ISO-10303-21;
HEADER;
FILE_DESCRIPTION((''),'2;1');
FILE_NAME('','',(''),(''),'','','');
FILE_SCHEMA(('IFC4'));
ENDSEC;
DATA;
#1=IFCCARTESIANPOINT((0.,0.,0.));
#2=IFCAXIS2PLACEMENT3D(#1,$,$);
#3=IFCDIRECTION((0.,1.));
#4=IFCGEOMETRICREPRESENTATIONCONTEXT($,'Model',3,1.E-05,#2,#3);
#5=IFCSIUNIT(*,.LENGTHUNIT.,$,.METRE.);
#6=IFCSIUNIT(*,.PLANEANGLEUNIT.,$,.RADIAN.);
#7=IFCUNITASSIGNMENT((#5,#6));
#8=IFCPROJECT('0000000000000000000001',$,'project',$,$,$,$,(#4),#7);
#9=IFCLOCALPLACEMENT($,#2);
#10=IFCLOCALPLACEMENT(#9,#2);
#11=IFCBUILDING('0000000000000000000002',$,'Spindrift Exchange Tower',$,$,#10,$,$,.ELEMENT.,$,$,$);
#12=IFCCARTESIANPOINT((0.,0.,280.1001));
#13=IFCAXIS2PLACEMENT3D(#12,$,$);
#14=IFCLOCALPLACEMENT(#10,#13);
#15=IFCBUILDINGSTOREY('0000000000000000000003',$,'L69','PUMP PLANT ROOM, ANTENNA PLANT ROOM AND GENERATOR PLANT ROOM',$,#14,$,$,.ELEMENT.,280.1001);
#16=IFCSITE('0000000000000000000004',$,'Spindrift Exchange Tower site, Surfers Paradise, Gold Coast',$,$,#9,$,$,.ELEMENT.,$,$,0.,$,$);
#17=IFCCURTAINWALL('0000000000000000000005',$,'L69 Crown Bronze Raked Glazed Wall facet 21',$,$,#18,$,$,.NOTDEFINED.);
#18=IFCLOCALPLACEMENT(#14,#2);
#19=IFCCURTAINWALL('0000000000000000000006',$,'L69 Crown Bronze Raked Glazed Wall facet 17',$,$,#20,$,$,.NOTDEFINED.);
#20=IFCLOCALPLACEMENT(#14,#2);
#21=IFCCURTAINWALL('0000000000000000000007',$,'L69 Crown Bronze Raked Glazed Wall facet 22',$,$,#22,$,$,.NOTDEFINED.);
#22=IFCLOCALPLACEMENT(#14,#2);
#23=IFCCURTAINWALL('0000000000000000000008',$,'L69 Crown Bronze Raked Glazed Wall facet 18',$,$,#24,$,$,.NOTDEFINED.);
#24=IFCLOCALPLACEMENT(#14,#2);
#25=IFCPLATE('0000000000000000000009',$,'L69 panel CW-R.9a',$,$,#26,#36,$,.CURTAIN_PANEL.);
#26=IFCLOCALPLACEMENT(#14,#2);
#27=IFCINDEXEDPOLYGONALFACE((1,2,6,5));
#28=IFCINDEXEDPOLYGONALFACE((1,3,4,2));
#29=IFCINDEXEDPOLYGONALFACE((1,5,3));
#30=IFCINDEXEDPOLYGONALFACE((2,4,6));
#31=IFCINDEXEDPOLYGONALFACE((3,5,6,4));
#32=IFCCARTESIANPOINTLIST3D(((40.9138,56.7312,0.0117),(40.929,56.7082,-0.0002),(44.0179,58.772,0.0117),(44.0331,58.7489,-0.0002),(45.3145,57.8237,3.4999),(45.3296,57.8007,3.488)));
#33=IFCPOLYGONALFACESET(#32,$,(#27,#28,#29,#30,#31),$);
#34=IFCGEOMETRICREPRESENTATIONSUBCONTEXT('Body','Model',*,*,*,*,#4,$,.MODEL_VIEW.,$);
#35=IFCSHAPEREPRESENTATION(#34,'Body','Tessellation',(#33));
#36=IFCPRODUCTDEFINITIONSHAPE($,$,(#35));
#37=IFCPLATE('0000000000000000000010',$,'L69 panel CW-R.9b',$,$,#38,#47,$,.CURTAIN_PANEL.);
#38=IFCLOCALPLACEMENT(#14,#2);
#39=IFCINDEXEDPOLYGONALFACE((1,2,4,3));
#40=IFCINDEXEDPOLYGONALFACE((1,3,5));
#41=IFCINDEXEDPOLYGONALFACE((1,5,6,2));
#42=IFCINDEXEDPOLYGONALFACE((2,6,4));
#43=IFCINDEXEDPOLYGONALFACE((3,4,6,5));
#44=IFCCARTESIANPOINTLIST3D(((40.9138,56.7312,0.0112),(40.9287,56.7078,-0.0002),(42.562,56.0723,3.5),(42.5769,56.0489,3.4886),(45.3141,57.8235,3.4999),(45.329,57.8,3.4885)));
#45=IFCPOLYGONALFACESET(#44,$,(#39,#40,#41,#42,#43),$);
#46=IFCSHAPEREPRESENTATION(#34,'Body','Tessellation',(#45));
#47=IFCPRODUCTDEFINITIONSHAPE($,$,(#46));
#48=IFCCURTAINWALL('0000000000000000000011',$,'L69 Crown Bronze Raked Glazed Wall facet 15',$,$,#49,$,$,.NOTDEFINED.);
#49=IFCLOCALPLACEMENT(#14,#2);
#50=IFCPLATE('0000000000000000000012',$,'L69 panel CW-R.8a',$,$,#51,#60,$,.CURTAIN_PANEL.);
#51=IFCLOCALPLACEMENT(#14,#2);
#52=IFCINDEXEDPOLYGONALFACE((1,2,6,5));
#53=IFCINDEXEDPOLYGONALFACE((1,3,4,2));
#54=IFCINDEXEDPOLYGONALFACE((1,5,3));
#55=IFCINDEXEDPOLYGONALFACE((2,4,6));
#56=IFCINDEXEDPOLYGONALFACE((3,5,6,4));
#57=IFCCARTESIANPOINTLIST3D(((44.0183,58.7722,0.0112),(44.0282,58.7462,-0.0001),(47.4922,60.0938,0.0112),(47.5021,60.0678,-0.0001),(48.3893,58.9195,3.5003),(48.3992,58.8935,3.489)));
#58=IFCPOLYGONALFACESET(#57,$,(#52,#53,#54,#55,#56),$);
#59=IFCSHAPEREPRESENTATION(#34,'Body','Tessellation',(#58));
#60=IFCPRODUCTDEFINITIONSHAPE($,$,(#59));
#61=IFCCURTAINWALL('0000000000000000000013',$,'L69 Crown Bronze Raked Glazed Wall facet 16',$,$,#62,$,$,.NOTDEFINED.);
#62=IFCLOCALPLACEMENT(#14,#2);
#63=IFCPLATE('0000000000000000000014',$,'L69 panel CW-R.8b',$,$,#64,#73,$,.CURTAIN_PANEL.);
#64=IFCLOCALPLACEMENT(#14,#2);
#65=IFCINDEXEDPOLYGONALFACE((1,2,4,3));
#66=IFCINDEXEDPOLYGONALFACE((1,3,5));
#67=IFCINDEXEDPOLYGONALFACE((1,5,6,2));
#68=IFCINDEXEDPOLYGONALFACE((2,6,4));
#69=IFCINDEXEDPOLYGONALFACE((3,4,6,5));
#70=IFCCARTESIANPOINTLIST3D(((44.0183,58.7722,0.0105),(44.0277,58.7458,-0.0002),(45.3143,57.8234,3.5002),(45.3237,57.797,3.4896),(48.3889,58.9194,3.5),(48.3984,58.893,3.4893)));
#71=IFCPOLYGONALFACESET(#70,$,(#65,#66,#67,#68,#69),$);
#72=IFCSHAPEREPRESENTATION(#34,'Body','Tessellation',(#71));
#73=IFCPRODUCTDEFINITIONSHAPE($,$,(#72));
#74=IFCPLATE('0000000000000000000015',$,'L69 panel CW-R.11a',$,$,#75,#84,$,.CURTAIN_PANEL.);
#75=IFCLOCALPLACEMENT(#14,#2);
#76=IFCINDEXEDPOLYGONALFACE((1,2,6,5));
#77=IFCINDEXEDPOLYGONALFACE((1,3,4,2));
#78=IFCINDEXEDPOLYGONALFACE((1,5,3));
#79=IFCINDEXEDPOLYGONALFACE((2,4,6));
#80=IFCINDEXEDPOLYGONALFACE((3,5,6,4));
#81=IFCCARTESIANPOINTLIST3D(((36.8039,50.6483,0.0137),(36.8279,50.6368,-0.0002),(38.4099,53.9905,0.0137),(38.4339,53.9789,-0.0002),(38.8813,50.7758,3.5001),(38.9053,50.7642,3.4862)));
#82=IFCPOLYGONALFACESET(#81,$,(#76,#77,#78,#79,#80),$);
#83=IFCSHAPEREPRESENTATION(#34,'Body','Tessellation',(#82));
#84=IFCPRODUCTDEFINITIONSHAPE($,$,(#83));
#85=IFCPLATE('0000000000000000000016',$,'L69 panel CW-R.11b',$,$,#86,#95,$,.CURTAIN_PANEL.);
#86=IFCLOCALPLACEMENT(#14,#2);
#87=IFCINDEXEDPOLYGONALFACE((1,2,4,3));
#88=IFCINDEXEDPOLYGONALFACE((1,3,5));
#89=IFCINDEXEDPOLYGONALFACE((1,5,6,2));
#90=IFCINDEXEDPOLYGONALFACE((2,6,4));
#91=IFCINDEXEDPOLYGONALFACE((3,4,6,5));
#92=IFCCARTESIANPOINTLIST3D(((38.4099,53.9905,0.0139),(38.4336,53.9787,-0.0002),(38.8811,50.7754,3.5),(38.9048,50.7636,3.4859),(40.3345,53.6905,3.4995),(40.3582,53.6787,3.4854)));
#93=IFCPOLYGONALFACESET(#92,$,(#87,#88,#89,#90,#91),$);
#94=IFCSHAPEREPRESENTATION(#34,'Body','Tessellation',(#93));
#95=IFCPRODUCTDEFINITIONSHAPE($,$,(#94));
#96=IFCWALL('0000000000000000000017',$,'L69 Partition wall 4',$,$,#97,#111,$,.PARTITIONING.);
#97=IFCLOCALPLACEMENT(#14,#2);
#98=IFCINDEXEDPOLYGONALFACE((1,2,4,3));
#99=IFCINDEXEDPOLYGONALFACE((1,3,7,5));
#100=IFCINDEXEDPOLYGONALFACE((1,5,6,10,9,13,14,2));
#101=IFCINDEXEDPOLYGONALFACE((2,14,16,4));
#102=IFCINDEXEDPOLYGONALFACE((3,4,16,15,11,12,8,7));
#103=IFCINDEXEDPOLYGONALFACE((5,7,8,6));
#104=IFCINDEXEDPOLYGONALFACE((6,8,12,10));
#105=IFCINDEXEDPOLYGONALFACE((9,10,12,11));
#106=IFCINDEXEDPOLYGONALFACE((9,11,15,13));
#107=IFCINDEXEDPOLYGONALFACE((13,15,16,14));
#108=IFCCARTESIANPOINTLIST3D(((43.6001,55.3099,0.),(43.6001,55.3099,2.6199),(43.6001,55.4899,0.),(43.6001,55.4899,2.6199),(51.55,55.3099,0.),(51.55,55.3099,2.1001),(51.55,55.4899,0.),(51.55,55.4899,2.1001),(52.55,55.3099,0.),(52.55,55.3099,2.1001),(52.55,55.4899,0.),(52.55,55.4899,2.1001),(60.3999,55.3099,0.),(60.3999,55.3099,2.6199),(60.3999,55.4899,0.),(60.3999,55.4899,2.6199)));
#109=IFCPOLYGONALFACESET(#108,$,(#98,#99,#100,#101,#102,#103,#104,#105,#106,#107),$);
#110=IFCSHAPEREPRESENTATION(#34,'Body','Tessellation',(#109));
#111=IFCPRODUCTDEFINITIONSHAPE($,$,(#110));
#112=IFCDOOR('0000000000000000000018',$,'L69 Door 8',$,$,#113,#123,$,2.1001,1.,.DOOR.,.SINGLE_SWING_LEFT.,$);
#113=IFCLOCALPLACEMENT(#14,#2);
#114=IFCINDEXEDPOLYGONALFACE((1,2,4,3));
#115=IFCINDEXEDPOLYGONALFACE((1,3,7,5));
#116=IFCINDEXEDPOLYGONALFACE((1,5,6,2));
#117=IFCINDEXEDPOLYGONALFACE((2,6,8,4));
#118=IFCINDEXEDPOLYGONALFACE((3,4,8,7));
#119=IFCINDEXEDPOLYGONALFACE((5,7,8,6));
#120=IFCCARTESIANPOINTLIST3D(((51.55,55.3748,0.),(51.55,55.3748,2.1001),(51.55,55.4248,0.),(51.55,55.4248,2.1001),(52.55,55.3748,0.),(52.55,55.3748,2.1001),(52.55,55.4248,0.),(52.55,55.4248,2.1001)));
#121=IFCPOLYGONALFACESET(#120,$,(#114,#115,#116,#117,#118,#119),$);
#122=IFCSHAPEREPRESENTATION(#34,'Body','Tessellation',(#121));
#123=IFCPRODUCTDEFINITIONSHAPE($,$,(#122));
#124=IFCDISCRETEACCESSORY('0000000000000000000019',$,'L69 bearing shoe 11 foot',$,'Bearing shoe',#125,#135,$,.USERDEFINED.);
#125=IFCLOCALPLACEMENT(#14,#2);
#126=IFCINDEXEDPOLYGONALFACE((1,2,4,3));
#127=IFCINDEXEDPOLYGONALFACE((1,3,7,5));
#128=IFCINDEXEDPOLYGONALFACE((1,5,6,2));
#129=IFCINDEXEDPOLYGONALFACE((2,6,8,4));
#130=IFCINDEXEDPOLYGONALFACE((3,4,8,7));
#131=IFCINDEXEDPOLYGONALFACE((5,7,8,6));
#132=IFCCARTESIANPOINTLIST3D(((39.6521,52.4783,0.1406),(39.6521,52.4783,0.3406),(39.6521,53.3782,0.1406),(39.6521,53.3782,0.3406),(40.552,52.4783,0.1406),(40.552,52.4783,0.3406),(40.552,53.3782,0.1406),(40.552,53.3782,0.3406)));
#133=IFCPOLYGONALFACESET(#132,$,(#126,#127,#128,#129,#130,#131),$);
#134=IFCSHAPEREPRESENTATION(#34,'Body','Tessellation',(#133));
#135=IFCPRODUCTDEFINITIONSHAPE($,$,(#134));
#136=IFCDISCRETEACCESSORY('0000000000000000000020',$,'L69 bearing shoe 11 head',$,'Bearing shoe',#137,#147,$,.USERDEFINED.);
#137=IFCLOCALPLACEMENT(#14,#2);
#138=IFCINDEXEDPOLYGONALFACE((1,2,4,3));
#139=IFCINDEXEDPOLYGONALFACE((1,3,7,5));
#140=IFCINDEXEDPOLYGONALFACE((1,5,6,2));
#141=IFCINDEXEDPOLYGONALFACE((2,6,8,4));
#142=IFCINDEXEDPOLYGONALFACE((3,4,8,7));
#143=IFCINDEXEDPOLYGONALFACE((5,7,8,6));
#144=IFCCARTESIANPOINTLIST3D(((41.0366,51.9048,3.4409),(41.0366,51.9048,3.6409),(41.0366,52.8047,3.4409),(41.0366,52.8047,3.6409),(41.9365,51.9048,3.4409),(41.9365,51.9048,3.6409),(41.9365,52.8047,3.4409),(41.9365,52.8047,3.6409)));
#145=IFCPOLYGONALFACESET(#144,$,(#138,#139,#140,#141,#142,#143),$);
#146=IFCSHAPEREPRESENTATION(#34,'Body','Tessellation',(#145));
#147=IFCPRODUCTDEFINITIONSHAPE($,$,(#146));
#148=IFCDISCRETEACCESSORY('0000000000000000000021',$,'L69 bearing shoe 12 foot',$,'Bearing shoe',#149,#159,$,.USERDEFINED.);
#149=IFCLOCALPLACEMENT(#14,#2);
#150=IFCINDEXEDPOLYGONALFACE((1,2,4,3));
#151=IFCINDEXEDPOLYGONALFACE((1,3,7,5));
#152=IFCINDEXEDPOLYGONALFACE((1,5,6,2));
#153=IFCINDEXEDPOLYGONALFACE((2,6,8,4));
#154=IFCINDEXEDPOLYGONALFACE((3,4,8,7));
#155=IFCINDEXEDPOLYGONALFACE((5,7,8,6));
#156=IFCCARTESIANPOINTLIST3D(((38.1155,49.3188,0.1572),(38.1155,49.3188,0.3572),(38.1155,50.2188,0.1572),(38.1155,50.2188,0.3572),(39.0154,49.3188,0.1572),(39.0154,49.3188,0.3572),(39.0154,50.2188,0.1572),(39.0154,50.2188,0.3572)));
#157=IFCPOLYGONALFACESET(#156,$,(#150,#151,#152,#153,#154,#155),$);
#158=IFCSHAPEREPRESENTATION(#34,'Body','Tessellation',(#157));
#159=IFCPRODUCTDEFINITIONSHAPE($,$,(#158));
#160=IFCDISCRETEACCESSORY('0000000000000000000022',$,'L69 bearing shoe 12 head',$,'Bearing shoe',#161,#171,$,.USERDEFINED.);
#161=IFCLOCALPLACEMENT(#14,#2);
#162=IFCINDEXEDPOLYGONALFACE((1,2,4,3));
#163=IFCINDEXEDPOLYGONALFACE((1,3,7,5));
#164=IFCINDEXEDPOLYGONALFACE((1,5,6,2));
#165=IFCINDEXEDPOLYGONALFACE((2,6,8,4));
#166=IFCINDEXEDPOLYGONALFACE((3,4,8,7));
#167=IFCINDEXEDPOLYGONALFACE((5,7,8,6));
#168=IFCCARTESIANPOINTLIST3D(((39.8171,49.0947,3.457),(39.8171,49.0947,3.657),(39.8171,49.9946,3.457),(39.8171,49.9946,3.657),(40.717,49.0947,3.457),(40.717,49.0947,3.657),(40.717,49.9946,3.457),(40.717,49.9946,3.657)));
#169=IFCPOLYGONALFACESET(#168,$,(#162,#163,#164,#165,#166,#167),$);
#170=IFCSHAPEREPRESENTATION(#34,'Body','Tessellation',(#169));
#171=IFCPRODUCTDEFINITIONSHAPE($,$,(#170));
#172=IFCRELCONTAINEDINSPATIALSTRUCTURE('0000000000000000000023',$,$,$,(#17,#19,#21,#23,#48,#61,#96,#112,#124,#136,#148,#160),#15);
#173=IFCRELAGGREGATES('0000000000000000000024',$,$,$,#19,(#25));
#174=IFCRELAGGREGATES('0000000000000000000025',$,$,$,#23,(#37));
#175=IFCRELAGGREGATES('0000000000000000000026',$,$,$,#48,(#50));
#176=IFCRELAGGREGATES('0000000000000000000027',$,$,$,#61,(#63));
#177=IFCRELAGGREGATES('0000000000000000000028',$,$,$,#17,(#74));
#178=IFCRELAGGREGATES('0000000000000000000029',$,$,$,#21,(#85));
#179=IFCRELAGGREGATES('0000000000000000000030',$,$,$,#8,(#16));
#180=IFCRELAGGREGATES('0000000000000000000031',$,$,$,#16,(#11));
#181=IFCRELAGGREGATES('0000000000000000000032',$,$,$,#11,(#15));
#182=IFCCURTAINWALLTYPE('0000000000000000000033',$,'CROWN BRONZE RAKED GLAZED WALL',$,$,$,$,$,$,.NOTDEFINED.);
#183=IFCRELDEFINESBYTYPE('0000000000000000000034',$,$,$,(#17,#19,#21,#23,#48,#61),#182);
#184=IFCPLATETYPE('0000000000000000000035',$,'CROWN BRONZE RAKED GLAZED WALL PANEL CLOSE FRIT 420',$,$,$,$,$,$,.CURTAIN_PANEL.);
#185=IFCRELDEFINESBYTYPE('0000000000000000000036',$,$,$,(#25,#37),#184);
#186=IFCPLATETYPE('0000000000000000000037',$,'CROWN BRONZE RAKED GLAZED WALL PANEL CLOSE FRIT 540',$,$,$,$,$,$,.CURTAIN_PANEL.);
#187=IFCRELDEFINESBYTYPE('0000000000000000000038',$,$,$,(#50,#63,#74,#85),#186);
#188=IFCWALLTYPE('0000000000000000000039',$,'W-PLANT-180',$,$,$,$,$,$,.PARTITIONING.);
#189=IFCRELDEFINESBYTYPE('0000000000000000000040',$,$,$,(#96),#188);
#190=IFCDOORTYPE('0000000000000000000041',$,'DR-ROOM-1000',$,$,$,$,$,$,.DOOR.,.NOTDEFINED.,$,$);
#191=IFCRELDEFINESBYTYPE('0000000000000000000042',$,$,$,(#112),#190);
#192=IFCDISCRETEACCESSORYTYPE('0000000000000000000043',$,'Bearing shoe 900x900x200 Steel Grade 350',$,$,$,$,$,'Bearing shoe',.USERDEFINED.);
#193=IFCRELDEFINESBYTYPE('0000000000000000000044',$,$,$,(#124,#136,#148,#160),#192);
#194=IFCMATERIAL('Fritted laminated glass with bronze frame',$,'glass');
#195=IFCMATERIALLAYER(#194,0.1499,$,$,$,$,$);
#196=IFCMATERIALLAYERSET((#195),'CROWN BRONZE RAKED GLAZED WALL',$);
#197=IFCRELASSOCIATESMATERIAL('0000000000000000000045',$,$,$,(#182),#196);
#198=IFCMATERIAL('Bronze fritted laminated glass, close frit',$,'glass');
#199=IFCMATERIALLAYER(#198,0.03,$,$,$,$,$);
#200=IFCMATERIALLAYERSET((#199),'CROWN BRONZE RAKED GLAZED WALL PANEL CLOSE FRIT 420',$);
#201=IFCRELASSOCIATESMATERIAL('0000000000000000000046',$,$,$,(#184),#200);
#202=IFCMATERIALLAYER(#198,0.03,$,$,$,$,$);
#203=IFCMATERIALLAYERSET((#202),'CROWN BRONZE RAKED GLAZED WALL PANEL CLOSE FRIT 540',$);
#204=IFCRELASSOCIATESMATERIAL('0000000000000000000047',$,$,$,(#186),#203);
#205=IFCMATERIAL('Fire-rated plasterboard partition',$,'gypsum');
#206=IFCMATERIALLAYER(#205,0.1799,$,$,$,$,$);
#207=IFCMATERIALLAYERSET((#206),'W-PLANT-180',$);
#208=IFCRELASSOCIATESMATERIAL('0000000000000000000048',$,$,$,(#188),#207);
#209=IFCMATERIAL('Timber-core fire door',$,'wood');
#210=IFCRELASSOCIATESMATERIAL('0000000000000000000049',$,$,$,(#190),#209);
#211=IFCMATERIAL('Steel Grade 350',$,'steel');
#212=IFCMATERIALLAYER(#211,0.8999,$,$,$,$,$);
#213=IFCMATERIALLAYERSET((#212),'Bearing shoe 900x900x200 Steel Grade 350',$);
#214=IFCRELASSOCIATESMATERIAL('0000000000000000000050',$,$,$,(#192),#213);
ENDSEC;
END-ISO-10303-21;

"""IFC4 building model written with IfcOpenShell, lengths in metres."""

from ifc_helpers import new_model, si_unit, direction, frame, frame_2d, origin, origin_2d, place, context, subcontext, project, spatial, line, indexed_curve, rectangle, outline, extrude, source, transform, mapped, material, layer, layer_set, type_object, element, fill, aggregate, save


model = new_model("IFC4")

# Units and contexts
model_context = context("Model", 3, precision=1e-05, world=origin(), true_north=direction((0.0, 1.0)))
body_context = subcontext(model_context, "Body", "Model", "MODEL_VIEW")
ifc_project = project(units=[si_unit("LENGTHUNIT", "METRE"), si_unit("PLANEANGLEUNIT", "RADIAN")], contexts=[model_context])

# Site, building, storey
site_placement = place(None, origin())
site = spatial("IfcSite", under=ifc_project, at=site_placement, Name="Spindrift Exchange Tower site, Surfers Paradise, Gold Coast", CompositionType="ELEMENT", RefElevation=0.0)
building_placement = place(site_placement, origin())
building = spatial("IfcBuilding", under=site, at=building_placement, Name="Spindrift Exchange Tower", CompositionType="ELEMENT")
storey_placement = place(building_placement, frame((0.0, 0.0, 280.1001)))
storey = spatial("IfcBuildingStorey", under=building, at=storey_placement, Name="L69", Description="PUMP PLANT ROOM, ANTENNA PLANT ROOM AND GENERATOR PLANT ROOM", CompositionType="ELEMENT", Elevation=280.1001)

# Curtain walls
ifc_material_1 = material(Name="Fritted laminated glass with bronze frame", Category="glass")
ifc_layer_1 = layer(ifc_material_1, 0.1499)
ifc_layer_set_1 = layer_set([ifc_layer_1], Name="CROWN BRONZE RAKED GLAZED WALL")
curtain_wall_type = type_object("IfcCurtainWallType", Name="CROWN BRONZE RAKED GLAZED WALL", PredefinedType="NOTDEFINED", material=ifc_layer_set_1)
curtain_wall_1_placement = place(storey_placement, origin())
curtain_wall_1 = element("IfcCurtainWall", 1, at=curtain_wall_1_placement, inside=storey, type_object=curtain_wall_type, Name="L69 Crown Bronze Raked Glazed Wall facet 21", PredefinedType="NOTDEFINED")
curtain_wall_2_placement = place(storey_placement, origin())
curtain_wall_2 = element("IfcCurtainWall", 2, at=curtain_wall_2_placement, inside=storey, type_object=curtain_wall_type, Name="L69 Crown Bronze Raked Glazed Wall facet 17", PredefinedType="NOTDEFINED")

# Curtain wall
curtain_wall_3_placement = place(storey_placement, origin())
curtain_wall_3 = element("IfcCurtainWall", 3, at=curtain_wall_3_placement, inside=storey, type_object=curtain_wall_type, Name="L69 Crown Bronze Raked Glazed Wall facet 22", PredefinedType="NOTDEFINED")

# Curtain wall
curtain_wall_4_placement = place(storey_placement, origin())
curtain_wall_4 = element("IfcCurtainWall", 4, at=curtain_wall_4_placement, inside=storey, type_object=curtain_wall_type, Name="L69 Crown Bronze Raked Glazed Wall facet 18", PredefinedType="NOTDEFINED")

# Plates
ifc_material_2 = material(Name="Bronze fritted laminated glass, close frit", Category="glass")
ifc_layer_2 = layer(ifc_material_2, 0.03)
ifc_layer_set_2 = layer_set([ifc_layer_2], Name="CROWN BRONZE RAKED GLAZED WALL PANEL CLOSE FRIT 420")
plate_type_1 = type_object("IfcPlateType", Name="CROWN BRONZE RAKED GLAZED WALL PANEL CLOSE FRIT 420", PredefinedType="CURTAIN_PANEL", material=ifc_layer_set_2)
plate_1_placement = place(storey_placement, frame((40.9138, 56.7312, 0.0117), z_axis=(-0.504425, 0.767257, 0.39607), x_axis=(0.835592, 0.549351, 0.0)))
plate_1 = element("IfcPlate", 5, at=plate_1_placement, type_object=plate_type_1, Name="L69 panel CW-R.9a", PredefinedType="CURTAIN_PANEL", context=body_context, shape_type="SweptSolid", body=[
    extrude(outline(indexed_curve([(0.0, 0.0), (3.7148, 0.0), (4.2773, -3.7988)], segments=[line(1, 2, 3, 1)], self_intersect=False)), origin(), (0.0, 0.0, -1.0), 0.03),
])
aggregate(curtain_wall_2, [plate_1])
plate_2_placement = place(storey_placement, frame((40.9138, 56.7312, 0.0112), z_axis=(-0.496181, 0.779822, 0.381683), x_axis=(0.769186, 0.190931, 0.609835)))
plate_2 = element("IfcPlate", 6, at=plate_2_placement, type_object=plate_type_1, Name="L69 panel CW-R.9b", PredefinedType="CURTAIN_PANEL", context=body_context, shape_type="SweptSolid", body=[
    extrude(outline(indexed_curve([(0.0, 0.0), (5.7207, 0.0), (3.2695, -2.1523)], segments=[line(1, 2, 3, 1)], self_intersect=False)), origin(), (0.0, 0.0, -1.0), 0.03),
])
aggregate(curtain_wall_4, [plate_2])

# Curtain walls, plates
curtain_wall_5_placement = place(storey_placement, origin())
curtain_wall_5 = element("IfcCurtainWall", 7, at=curtain_wall_5_placement, inside=storey, type_object=curtain_wall_type, Name="L69 Crown Bronze Raked Glazed Wall facet 15", PredefinedType="NOTDEFINED")
ifc_layer_3 = layer(ifc_material_2, 0.03)
ifc_layer_set_3 = layer_set([ifc_layer_3], Name="CROWN BRONZE RAKED GLAZED WALL PANEL CLOSE FRIT 540")
plate_type_2 = type_object("IfcPlateType", Name="CROWN BRONZE RAKED GLAZED WALL PANEL CLOSE FRIT 540", PredefinedType="CURTAIN_PANEL", material=ifc_layer_set_3)
plate_3_placement = place(storey_placement, frame((44.0183, 58.7722, 0.0112), z_axis=(-0.329445, 0.866002, 0.376174), x_axis=(0.934653, 0.355561, 0.0)))
plate_3 = element("IfcPlate", 8, at=plate_3_placement, type_object=plate_type_2, Name="L69 panel CW-R.8a", PredefinedType="CURTAIN_PANEL", context=body_context, shape_type="SweptSolid", body=[
    extrude(outline(indexed_curve([(0.0, 0.0), (3.7168, 0.0), (4.1377, -3.7656)], segments=[line(1, 2, 3, 1)], self_intersect=False)), origin(), (0.0, 0.0, -1.0), 0.03),
])
aggregate(curtain_wall_5, [plate_3])
curtain_wall_6_placement = place(storey_placement, origin())
curtain_wall_6 = element("IfcCurtainWall", 9, at=curtain_wall_6_placement, inside=storey, type_object=curtain_wall_type, Name="L69 Crown Bronze Raked Glazed Wall facet 16", PredefinedType="NOTDEFINED")
plate_4_placement = place(storey_placement, frame((44.0183, 58.7722, 0.0105), z_axis=(-0.31377, 0.880291, 0.35586), x_axis=(0.781207, 0.026314, 0.623717)))
plate_4 = element("IfcPlate", 10, at=plate_4_placement, type_object=plate_type_2, Name="L69 panel CW-R.8b", PredefinedType="CURTAIN_PANEL", context=body_context, shape_type="SweptSolid", body=[
    extrude(outline(indexed_curve([(0.0, 0.0), (5.5947, 0.0), (3.1641, -2.1787)], segments=[line(1, 2, 3, 1)], self_intersect=False)), origin(), (0.0, 0.0, -1.0), 0.03),
])
aggregate(curtain_wall_6, [plate_4])

# Plates
plate_5_placement = place(storey_placement, frame((38.4099, 53.9905, 0.0137), z_axis=(-0.799274, 0.384076, 0.46222), x_axis=(-0.433121, -0.901336, 0.0)))
plate_5 = element("IfcPlate", 11, at=plate_5_placement, type_object=plate_type_2, Name="L69 panel CW-R.11a", PredefinedType="CURTAIN_PANEL", context=body_context, shape_type="SweptSolid", body=[
    extrude(outline(indexed_curve([(0.0, 0.0), (3.708, 0.0), (2.6934, 3.9316)], segments=[line(1, 2, 3, 1)], self_intersect=False)), origin(), (0.0, 0.0, -1.0), 0.03),
])
aggregate(curtain_wall_1, [plate_5])
plate_6_placement = place(storey_placement, frame((38.4099, 53.9905, 0.0139), z_axis=(-0.789889, 0.393886, 0.470031), x_axis=(0.098872, -0.674635, 0.7315)))
plate_6 = element("IfcPlate", 12, at=plate_6_placement, type_object=plate_type_2, Name="L69 panel CW-R.11b", PredefinedType="CURTAIN_PANEL", context=body_context, shape_type="SweptSolid", body=[
    extrude(outline(indexed_curve([(0.0, 0.0), (4.7656, 0.0), (2.9424, 2.6992)], segments=[line(1, 2, 3, 1)], self_intersect=False)), origin(), (0.0, 0.0, -1.0), 0.03),
])
aggregate(curtain_wall_3, [plate_6])

# Wall, opening, door
ifc_material_3 = material(Name="Fire-rated plasterboard partition", Category="gypsum")
ifc_layer_4 = layer(ifc_material_3, 0.1799)
ifc_layer_set_4 = layer_set([ifc_layer_4], Name="W-PLANT-180")
wall_type = type_object("IfcWallType", Name="W-PLANT-180", PredefinedType="PARTITIONING", material=ifc_layer_set_4)
wall_placement = place(storey_placement, frame((43.6001, 55.3999, 0.0), z_axis=(0.0, 0.0, 1.0), x_axis=(1.0, 0.0, 0.0)))
wall = element("IfcWall", 13, at=wall_placement, inside=storey, type_object=wall_type, Name="L69 Partition wall 4", PredefinedType="PARTITIONING", context=body_context, shape_type="SweptSolid", body=[
    extrude(rectangle(XDim=16.7998, YDim=0.1799, at=frame_2d((8.3999, 0.0))), origin(), (0.0, 0.0, 1.0), 2.6199),
])
opening_placement = place(wall_placement, frame((7.95, 0.0, 0.0)))
opening = element("IfcOpeningElement", 14, at=opening_placement, cuts=wall, PredefinedType="OPENING", context=body_context, shape_type="SweptSolid", body=[
    extrude(rectangle(XDim=1.0, YDim=2.1001, at=frame_2d((0.5, 1.05))), frame((0.0, 0.0999, 0.0), z_axis=(0.0, -1.0, 0.0), x_axis=(1.0, 0.0, 0.0)), (0.0, 0.0, 1.0), 0.2),
])
ifc_material_4 = material(Name="Timber-core fire door", Category="wood")
door_type = type_object("IfcDoorType", Name="DR-ROOM-1000", OperationType="NOTDEFINED", PredefinedType="DOOR", material=ifc_material_4)
shared_shape_1 = source(origin(), body_context, "Body", "SweptSolid", [
    extrude(rectangle(XDim=1.0, YDim=2.1001, at=frame_2d((0.5, 1.05))), frame((0.0, 0.0249, 0.0), z_axis=(0.0, -1.0, 0.0), x_axis=(1.0, 0.0, 0.0)), (0.0, 0.0, 1.0), 0.05),
])
door_placement = place(opening_placement, origin())
door = element("IfcDoor", 15, at=door_placement, inside=storey, type_object=door_type, Name="L69 Door 8", OperationType="SINGLE_SWING_LEFT", OverallHeight=2.1001, OverallWidth=1.0, PredefinedType="DOOR", context=body_context, shape_type="MappedRepresentation", body=[
    mapped(shared_shape_1, transform((0.0, 0.0, 0.0), scale=1.0)),
])
fill(opening, door)

# Discrete accessories
ifc_material_5 = material(Name="Steel Grade 350", Category="steel")
ifc_layer_5 = layer(ifc_material_5, 0.8999)
ifc_layer_set_5 = layer_set([ifc_layer_5], Name="Bearing shoe 900x900x200 Steel Grade 350")
discrete_accessory_type = type_object("IfcDiscreteAccessoryType", Name="Bearing shoe 900x900x200 Steel Grade 350", ElementType="Bearing shoe", PredefinedType="USERDEFINED", material=ifc_layer_set_5)
shared_shape_2 = source(origin(), body_context, "Body", "SweptSolid", [
    extrude(rectangle(XDim=0.8999, YDim=0.8999, at=origin_2d()), origin(), (0.0, 0.0, 1.0), 0.2),
])
for number, where, z_axis, x_axis, name in (
    (16, (40.1021, 52.9282, 0.1406), (0.0, 0.0, 1.0), (1.0, 0.0, 0.0), "L69 bearing shoe 11 foot"),
    (17, (41.4866, 52.3547, 3.4409), (0.0, 0.0, 1.0), (1.0, 0.0, 0.0), "L69 bearing shoe 11 head"),
    (18, (38.5654, 49.7688, 0.1572), (0.0, 0.0, 1.0), (1.0, 0.0, 0.0), "L69 bearing shoe 12 foot"),
    (19, (40.2671, 49.5447, 3.457), (0.0, 0.0, 1.0), (1.0, 0.0, 0.0), "L69 bearing shoe 12 head"),
):
    element("IfcDiscreteAccessory", number, at=place(storey_placement, frame(where, z_axis=z_axis, x_axis=x_axis)), inside=storey, type_object=discrete_accessory_type, Name=name, ObjectType="Bearing shoe", PredefinedType="USERDEFINED", context=body_context, shape_type="MappedRepresentation", body=[
        mapped(shared_shape_2, transform((0.0, 0.0, 0.0), scale=1.0)),
    ])

save(model, "model.ifc")
